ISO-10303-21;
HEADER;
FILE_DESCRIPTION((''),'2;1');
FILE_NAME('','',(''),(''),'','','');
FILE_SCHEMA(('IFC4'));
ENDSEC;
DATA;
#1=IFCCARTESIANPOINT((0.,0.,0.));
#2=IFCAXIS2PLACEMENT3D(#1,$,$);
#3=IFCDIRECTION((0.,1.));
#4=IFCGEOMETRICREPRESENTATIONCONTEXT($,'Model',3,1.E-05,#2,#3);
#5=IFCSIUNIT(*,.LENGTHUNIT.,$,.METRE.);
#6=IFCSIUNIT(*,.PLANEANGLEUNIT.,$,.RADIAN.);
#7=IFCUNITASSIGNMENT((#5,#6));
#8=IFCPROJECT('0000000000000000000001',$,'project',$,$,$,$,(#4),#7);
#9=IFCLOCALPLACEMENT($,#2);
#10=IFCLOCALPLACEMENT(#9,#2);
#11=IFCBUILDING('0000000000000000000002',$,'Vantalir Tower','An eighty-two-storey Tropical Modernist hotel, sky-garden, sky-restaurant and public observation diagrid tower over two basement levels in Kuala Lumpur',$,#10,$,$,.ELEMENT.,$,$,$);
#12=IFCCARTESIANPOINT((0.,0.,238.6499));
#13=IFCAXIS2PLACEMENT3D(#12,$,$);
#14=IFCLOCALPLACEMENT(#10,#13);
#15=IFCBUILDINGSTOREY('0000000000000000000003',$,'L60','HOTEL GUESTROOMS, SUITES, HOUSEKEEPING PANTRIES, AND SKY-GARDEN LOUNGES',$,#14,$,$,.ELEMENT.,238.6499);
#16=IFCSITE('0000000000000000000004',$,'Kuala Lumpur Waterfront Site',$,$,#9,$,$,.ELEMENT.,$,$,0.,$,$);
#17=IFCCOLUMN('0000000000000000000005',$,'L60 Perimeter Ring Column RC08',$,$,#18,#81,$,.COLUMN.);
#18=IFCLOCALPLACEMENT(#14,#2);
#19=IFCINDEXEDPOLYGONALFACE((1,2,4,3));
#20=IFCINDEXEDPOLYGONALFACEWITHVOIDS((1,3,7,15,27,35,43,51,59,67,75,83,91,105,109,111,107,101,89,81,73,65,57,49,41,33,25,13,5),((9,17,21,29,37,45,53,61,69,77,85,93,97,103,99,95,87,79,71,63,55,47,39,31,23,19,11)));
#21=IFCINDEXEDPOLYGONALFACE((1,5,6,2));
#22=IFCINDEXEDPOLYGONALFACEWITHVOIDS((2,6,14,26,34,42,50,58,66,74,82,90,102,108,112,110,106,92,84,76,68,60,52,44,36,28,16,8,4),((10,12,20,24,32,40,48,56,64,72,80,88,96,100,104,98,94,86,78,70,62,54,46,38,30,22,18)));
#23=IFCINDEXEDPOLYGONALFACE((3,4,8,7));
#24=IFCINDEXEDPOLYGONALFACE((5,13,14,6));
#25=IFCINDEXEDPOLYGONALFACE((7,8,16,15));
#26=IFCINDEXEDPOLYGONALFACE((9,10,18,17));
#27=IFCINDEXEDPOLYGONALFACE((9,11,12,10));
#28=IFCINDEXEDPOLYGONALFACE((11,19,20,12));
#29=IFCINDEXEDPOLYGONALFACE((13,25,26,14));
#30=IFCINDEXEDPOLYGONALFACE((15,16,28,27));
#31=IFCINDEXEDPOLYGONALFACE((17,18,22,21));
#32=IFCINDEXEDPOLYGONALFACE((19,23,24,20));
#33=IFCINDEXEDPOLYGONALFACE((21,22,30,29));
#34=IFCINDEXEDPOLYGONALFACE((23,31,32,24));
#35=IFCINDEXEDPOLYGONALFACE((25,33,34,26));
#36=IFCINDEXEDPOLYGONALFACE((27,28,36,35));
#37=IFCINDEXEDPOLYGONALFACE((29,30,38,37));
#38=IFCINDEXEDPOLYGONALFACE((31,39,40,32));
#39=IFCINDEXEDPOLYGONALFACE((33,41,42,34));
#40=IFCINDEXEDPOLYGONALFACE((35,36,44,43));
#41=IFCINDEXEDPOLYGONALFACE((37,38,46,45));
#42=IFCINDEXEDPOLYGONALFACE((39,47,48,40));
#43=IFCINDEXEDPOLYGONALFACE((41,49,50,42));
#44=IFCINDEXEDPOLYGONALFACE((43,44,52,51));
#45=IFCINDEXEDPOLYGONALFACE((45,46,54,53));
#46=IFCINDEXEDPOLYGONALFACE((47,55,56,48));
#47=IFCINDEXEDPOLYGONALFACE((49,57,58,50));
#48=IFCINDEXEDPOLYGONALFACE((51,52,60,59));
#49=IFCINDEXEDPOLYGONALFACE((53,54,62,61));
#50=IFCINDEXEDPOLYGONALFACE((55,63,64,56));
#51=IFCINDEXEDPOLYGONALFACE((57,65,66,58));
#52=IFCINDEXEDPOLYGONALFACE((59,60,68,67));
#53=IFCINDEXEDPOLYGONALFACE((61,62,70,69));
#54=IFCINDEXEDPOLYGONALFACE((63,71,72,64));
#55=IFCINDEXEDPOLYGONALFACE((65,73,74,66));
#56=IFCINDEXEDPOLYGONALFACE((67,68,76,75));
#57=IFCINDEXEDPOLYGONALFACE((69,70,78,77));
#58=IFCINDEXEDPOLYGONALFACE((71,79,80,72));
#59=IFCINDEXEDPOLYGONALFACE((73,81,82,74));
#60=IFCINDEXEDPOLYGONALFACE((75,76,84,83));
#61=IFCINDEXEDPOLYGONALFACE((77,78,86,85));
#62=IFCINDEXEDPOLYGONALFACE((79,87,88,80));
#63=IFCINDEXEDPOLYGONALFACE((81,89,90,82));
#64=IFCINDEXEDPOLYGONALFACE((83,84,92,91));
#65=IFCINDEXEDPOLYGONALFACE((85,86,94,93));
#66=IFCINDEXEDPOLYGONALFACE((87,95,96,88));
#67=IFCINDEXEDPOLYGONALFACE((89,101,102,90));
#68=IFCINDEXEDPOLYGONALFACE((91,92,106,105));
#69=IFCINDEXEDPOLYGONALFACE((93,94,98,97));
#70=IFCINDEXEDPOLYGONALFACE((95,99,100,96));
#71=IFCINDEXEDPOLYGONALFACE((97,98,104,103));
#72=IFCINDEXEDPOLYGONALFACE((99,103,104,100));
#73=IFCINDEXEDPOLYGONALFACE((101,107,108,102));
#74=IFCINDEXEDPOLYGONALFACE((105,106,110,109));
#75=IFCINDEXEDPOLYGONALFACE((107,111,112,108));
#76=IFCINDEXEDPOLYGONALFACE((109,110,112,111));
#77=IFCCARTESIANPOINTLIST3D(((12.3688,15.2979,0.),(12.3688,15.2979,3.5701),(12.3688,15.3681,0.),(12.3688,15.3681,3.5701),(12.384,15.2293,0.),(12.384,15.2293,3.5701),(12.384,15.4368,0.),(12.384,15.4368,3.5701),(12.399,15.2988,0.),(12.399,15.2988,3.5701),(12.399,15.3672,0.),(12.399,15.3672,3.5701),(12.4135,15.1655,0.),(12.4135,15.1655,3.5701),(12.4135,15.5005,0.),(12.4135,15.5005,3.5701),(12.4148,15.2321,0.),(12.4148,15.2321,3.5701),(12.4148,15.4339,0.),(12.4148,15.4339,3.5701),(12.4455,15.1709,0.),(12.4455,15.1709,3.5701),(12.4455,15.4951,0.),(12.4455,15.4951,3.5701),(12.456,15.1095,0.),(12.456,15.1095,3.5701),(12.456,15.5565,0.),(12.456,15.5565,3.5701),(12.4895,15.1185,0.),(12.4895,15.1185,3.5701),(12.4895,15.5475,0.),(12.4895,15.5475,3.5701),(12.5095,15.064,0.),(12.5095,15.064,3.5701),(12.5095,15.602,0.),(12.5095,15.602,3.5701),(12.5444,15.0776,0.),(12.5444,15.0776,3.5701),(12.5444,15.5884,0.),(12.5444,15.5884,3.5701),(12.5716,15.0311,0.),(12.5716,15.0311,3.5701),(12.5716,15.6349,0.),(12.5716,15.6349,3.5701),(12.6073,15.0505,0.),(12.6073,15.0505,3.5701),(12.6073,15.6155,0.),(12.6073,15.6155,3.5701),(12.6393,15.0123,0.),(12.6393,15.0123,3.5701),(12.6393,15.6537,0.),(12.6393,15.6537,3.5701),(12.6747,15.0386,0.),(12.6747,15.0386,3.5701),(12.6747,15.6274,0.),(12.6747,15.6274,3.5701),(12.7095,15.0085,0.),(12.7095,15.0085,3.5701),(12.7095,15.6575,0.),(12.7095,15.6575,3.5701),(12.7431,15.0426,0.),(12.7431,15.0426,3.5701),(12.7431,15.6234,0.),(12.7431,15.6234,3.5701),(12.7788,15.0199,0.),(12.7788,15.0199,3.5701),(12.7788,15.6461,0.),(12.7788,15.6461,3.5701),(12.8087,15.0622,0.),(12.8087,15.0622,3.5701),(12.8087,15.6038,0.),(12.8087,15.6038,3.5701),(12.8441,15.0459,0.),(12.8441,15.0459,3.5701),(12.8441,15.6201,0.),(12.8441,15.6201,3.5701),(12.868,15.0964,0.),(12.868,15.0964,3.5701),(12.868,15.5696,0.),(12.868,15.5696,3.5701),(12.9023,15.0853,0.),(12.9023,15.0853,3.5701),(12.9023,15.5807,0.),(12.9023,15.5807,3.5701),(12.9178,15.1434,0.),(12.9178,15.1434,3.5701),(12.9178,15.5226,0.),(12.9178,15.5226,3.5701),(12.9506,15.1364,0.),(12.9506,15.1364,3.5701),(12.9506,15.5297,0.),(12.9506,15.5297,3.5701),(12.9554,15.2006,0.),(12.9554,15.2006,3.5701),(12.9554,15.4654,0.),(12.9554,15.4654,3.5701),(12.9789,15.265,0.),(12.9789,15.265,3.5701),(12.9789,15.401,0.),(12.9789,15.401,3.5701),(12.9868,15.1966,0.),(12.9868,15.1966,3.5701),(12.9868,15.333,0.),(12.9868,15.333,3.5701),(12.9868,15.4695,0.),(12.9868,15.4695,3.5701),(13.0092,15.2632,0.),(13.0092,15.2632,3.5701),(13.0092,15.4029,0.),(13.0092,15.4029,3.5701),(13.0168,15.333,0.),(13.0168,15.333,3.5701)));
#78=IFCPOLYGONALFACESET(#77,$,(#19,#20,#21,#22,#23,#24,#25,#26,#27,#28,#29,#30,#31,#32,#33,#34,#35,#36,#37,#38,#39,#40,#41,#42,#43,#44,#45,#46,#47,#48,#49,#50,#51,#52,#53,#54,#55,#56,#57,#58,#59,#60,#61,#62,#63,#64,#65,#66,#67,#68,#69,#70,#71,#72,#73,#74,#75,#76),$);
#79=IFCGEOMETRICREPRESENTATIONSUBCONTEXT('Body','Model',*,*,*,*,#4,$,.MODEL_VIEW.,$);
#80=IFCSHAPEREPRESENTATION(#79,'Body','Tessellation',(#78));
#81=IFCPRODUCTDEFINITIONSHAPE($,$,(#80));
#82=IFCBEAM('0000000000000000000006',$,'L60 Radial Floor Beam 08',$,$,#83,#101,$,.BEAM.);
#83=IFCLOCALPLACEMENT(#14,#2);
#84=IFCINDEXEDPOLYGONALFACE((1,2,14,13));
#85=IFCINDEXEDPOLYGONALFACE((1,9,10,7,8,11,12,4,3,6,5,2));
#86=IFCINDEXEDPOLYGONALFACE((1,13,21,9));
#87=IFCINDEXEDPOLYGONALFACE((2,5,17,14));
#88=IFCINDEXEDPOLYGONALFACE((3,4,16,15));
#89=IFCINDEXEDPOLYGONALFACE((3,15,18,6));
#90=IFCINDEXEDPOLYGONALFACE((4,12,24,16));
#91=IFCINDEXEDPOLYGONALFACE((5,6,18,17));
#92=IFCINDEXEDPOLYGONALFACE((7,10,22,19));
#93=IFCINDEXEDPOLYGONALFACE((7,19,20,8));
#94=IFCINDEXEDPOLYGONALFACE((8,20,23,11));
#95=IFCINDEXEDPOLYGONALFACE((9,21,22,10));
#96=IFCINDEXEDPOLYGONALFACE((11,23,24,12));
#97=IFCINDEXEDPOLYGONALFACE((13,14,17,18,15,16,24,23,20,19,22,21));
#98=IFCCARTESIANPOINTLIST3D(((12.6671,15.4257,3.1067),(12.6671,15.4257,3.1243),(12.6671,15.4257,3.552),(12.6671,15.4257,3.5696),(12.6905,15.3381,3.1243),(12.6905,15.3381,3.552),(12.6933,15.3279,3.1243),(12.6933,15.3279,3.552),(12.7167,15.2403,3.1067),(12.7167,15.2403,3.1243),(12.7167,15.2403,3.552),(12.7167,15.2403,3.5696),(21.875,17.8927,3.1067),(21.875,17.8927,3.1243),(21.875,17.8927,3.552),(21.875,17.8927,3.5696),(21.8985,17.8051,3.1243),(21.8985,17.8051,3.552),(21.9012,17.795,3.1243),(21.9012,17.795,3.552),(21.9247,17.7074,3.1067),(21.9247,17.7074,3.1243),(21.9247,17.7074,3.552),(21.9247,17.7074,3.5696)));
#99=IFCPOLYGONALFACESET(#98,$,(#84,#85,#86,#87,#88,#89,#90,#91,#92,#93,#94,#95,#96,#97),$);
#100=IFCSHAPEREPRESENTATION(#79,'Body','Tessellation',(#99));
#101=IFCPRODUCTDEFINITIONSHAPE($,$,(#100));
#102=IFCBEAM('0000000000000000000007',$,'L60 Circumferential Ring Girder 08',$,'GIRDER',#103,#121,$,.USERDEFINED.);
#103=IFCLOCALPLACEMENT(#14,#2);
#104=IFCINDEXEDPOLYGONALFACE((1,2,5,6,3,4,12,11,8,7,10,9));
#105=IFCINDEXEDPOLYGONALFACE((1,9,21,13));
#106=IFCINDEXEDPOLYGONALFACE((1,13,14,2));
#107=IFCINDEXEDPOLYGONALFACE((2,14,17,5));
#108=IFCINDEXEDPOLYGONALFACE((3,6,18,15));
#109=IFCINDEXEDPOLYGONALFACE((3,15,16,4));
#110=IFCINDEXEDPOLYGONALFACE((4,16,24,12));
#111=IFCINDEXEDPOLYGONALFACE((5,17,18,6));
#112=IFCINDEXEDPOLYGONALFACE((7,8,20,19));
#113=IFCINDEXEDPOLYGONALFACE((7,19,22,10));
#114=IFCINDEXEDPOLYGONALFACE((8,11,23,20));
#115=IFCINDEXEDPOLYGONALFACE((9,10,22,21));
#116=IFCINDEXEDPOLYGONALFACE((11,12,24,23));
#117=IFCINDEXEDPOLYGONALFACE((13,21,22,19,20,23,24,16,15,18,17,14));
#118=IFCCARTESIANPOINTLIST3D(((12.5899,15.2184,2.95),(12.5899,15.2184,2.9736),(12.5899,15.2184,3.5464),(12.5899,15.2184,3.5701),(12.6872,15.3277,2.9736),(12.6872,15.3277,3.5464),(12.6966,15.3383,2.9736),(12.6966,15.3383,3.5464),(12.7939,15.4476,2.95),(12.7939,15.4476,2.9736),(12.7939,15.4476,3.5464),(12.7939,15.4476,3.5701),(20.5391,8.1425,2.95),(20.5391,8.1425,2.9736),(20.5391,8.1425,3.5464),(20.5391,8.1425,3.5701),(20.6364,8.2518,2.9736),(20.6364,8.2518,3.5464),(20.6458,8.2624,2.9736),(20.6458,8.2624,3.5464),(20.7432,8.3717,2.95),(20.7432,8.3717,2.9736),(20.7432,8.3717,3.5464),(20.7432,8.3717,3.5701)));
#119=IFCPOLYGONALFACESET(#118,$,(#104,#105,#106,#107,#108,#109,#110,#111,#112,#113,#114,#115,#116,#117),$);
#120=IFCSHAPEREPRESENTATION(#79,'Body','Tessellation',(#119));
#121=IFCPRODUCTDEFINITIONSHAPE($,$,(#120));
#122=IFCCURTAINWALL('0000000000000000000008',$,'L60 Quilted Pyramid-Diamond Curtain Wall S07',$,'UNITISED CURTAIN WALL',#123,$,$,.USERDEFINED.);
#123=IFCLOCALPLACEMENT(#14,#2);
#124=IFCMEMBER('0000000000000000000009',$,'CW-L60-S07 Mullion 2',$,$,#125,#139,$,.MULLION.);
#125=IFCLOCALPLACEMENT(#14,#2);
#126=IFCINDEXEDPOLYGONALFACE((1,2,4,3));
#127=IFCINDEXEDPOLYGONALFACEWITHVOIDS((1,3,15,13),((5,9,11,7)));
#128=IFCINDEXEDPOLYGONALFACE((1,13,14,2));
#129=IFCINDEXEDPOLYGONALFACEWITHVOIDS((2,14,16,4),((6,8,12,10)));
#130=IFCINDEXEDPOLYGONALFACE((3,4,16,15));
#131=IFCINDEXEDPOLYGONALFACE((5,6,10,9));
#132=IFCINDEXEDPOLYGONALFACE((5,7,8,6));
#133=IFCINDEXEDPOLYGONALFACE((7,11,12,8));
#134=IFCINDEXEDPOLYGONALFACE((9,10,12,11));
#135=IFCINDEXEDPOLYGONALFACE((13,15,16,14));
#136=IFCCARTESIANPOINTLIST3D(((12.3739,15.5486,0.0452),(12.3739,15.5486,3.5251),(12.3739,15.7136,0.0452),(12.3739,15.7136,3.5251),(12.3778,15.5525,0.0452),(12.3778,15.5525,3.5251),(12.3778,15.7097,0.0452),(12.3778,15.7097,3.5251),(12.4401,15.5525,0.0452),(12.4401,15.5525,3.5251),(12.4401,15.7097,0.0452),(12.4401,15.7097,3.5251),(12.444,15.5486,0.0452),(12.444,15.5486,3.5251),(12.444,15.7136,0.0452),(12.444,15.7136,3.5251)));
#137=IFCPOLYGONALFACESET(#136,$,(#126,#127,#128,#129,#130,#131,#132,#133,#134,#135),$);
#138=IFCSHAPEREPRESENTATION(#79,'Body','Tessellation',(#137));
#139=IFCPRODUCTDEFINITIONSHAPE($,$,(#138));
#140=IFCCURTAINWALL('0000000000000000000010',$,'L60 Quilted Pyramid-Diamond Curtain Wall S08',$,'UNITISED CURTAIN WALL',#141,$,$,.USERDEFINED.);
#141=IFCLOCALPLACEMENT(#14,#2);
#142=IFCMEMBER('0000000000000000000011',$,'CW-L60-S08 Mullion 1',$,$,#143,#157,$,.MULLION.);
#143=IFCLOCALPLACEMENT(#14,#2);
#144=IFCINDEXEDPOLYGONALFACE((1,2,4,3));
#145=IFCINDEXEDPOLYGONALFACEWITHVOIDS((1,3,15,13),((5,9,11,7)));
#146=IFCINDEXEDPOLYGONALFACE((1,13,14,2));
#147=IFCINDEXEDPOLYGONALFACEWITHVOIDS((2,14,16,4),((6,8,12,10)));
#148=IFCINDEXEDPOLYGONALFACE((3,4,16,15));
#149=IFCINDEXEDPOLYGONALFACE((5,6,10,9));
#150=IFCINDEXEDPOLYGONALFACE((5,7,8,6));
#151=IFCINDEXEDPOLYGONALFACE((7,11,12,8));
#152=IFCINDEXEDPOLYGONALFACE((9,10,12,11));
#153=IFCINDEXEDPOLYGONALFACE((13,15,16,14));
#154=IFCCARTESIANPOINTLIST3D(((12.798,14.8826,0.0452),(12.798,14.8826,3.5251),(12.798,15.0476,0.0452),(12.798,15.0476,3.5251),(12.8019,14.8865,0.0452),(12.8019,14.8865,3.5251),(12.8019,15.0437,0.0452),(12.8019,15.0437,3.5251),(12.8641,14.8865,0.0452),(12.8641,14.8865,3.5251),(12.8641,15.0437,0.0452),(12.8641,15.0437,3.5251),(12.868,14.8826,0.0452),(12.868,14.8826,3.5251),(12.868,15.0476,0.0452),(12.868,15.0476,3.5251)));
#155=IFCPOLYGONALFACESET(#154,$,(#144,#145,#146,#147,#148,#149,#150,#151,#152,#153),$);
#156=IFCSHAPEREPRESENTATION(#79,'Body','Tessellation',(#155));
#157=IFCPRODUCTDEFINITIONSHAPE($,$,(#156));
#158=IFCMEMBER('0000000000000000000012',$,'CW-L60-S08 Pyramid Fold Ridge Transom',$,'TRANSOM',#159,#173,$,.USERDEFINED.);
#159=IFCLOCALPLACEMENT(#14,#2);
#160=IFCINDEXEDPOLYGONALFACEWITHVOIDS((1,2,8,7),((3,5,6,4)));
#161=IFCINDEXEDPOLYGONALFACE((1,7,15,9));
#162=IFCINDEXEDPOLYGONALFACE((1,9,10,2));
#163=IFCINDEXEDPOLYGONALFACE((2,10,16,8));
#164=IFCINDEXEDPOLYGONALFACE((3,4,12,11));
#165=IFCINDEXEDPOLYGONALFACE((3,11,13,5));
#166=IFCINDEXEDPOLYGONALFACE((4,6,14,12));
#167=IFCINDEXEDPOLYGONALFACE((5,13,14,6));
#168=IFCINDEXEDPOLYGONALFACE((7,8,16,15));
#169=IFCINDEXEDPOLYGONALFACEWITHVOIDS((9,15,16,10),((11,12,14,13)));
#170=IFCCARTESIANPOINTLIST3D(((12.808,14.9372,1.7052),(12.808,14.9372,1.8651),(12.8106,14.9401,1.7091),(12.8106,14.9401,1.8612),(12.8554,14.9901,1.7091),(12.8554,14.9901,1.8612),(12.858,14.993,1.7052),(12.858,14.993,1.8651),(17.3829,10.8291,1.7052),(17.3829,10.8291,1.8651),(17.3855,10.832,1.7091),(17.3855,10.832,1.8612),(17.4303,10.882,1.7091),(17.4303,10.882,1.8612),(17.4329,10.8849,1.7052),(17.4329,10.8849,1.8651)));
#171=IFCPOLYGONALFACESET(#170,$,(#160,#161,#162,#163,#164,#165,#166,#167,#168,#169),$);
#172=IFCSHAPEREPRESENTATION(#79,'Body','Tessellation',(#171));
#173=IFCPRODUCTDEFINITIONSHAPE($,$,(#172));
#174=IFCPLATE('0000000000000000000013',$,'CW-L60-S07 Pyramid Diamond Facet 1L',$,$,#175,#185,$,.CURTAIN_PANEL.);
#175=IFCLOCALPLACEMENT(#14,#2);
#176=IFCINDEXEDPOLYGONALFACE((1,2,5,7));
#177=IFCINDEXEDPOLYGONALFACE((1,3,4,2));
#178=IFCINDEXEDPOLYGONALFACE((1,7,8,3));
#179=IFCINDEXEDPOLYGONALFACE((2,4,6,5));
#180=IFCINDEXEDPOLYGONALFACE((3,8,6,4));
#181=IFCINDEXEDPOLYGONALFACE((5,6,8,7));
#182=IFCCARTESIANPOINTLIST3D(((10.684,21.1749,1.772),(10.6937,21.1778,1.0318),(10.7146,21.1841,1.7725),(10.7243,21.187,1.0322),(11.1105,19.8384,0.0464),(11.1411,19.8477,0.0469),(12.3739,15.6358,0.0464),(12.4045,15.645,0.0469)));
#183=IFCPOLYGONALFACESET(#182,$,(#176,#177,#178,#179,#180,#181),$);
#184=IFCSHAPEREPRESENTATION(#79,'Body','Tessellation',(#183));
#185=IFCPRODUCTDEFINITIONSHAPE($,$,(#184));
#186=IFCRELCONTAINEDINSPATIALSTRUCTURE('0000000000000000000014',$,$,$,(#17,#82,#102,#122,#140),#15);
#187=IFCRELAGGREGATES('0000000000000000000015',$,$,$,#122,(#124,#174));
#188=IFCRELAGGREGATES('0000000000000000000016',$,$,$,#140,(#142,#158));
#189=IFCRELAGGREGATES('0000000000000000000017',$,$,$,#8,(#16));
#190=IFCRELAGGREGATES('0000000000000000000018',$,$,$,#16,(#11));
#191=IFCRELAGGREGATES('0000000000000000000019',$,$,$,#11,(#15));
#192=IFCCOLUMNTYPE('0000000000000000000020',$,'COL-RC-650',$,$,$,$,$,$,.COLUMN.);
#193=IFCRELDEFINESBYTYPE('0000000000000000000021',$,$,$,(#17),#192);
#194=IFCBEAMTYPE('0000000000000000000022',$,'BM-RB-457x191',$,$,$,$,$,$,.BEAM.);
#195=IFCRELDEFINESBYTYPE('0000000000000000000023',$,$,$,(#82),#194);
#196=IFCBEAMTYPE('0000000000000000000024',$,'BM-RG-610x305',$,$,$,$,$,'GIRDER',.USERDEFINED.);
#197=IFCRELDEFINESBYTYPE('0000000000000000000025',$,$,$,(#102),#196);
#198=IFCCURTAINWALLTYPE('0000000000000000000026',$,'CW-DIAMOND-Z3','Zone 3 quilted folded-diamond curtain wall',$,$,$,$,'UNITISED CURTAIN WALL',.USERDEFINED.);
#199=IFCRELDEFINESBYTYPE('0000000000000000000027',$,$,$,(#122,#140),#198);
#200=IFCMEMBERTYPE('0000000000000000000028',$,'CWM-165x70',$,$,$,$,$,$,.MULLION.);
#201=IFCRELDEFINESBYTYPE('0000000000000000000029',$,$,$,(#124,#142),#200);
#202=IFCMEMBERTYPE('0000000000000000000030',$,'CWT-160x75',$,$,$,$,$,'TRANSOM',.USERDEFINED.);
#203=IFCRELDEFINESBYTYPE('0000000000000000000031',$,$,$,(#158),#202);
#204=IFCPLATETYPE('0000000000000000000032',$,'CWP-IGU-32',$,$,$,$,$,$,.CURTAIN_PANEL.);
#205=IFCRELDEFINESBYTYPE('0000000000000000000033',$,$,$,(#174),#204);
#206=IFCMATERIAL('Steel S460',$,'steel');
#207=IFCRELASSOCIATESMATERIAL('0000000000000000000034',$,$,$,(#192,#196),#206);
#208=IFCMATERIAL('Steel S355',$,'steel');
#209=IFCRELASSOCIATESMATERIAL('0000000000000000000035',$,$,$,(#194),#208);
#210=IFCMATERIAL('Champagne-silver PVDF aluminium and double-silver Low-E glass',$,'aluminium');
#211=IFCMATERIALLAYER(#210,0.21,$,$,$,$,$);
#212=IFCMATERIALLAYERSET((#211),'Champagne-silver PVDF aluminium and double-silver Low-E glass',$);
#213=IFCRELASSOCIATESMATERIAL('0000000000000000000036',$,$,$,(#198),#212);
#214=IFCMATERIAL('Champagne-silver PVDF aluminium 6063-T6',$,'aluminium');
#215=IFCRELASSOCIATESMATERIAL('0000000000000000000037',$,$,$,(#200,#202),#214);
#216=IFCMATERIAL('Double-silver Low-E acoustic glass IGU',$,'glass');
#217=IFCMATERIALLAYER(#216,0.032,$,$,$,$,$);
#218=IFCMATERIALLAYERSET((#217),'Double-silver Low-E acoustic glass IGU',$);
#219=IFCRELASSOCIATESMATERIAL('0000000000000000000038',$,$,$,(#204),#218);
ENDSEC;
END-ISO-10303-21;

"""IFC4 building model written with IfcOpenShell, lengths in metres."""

from ifc_helpers import new_model, si_unit, direction, frame, origin, origin_2d, place, context, subcontext, project, spatial, polyline, hollow_rectangle, hollow_circle, i_section, outline, extrude, material, layer, layer_set, material_profile, profile_set, type_object, element, aggregate, save


model = new_model("IFC4")

# Units and contexts
model_context = context("Model", 3, precision=1e-05, world=origin(), true_north=direction((0.0, 1.0)))
body_context = subcontext(model_context, "Body", "Model", "MODEL_VIEW")
ifc_project = project(units=[si_unit("LENGTHUNIT", "METRE"), si_unit("PLANEANGLEUNIT", "RADIAN")], contexts=[model_context])

# Site, building, storey
site_placement = place(None, origin())
site = spatial("IfcSite", under=ifc_project, at=site_placement, Name="Kuala Lumpur Waterfront Site", CompositionType="ELEMENT", RefElevation=0.0)
building_placement = place(site_placement, origin())
building = spatial("IfcBuilding", under=site, at=building_placement, Name="Vantalir Tower", Description="An eighty-two-storey Tropical Modernist hotel, sky-garden, sky-restaurant and public observation diagrid tower over two basement levels in Kuala Lumpur", CompositionType="ELEMENT")
storey_placement = place(building_placement, frame((0.0, 0.0, 238.6499)))
storey = spatial("IfcBuildingStorey", under=building, at=storey_placement, Name="L60", Description="HOTEL GUESTROOMS, SUITES, HOUSEKEEPING PANTRIES, AND SKY-GARDEN LOUNGES", CompositionType="ELEMENT", Elevation=238.6499)

# Column
ifc_material_1 = material(Name="Steel S460", Category="steel")
ifc_material_profile_1 = material_profile(ifc_material_1, hollow_circle(Radius=0.325, WallThickness=0.03, at=origin_2d()), Name="Steel S460")
ifc_profile_set_1 = profile_set([ifc_material_profile_1], Name="Steel S460")
column_type = type_object("IfcColumnType", Name="COL-RC-650", PredefinedType="COLUMN", material=ifc_profile_set_1)
column_placement = place(storey_placement, frame((12.6919, 15.333, 0.0), z_axis=(0.0, 0.0, 1.0), x_axis=(1.0, 0.0, 0.0)))
element("IfcColumn", 1, at=column_placement, inside=storey, type_object=column_type, Name="L60 Perimeter Ring Column RC08", PredefinedType="COLUMN", context=body_context, shape_type="SweptSolid", body=[
    extrude(hollow_circle(Radius=0.325, WallThickness=0.03, at=origin_2d()), origin(), (0.0, 0.0, 1.0), 3.5701),
])

# Beams
ifc_material_2 = material(Name="Steel S355", Category="steel")
ifc_material_profile_2 = material_profile(ifc_material_2, i_section(OverallWidth=0.1919, OverallDepth=0.4629, WebThickness=0.0105, FlangeThickness=0.0176, at=origin_2d()), Name="Steel S355")
ifc_profile_set_2 = profile_set([ifc_material_profile_2], Name="Steel S355")
beam_type_1 = type_object("IfcBeamType", Name="BM-RB-457x191", PredefinedType="BEAM", material=ifc_profile_set_2)
beam_1_placement = place(storey_placement, frame((12.6919, 15.333, 3.3381), z_axis=(0.965932, 0.258796, 0.0), x_axis=(-0.258796, 0.965932, 0.0)))
element("IfcBeam", 2, at=beam_1_placement, inside=storey, type_object=beam_type_1, Name="L60 Radial Floor Beam 08", PredefinedType="BEAM", context=body_context, shape_type="SweptSolid", body=[
    extrude(i_section(OverallWidth=0.1919, OverallDepth=0.4629, WebThickness=0.0105, FlangeThickness=0.0176, at=origin_2d()), origin(), (0.0, 0.0, 1.0), 9.5327),
])
ifc_material_profile_3 = material_profile(ifc_material_1, i_section(OverallWidth=0.3069, OverallDepth=0.6201, WebThickness=0.0142, FlangeThickness=0.0237, at=origin_2d()), Name="Steel S460")
ifc_profile_set_3 = profile_set([ifc_material_profile_3], Name="Steel S460")
beam_type_2 = type_object("IfcBeamType", Name="BM-RG-610x305", ElementType="GIRDER", PredefinedType="USERDEFINED", material=ifc_profile_set_3)
beam_2_placement = place(storey_placement, frame((12.6919, 15.333, 3.26), z_axis=(0.746945, -0.664886, 0.0), x_axis=(0.664886, 0.746945, 0.0)))
element("IfcBeam", 3, at=beam_2_placement, inside=storey, type_object=beam_type_2, Name="L60 Circumferential Ring Girder 08", ObjectType="GIRDER", PredefinedType="USERDEFINED", context=body_context, shape_type="SweptSolid", body=[
    extrude(i_section(OverallWidth=0.3069, OverallDepth=0.6201, WebThickness=0.0142, FlangeThickness=0.0237, at=origin_2d()), origin(), (0.0, 0.0, 1.0), 10.6423),
])

# Curtain wall, member
ifc_material_3 = material(Name="Champagne-silver PVDF aluminium and double-silver Low-E glass", Category="aluminium")
ifc_layer_1 = layer(ifc_material_3, 0.21)
ifc_layer_set_1 = layer_set([ifc_layer_1], Name="Champagne-silver PVDF aluminium and double-silver Low-E glass")
curtain_wall_type = type_object("IfcCurtainWallType", Name="CW-DIAMOND-Z3", Description="Zone 3 quilted folded-diamond curtain wall", ElementType="UNITISED CURTAIN WALL", PredefinedType="USERDEFINED", material=ifc_layer_set_1)
curtain_wall_1_placement = place(storey_placement, origin())
curtain_wall_1 = element("IfcCurtainWall", 4, at=curtain_wall_1_placement, inside=storey, type_object=curtain_wall_type, Name="L60 Quilted Pyramid-Diamond Curtain Wall S07", ObjectType="UNITISED CURTAIN WALL", PredefinedType="USERDEFINED")
ifc_material_4 = material(Name="Champagne-silver PVDF aluminium 6063-T6", Category="aluminium")
ifc_material_profile_4 = material_profile(ifc_material_4, hollow_rectangle(XDim=0.0701, YDim=0.165, WallThickness=0.0039, at=origin_2d()), Name="Champagne-silver PVDF aluminium 6063-T6")
ifc_profile_set_4 = profile_set([ifc_material_profile_4], Name="Champagne-silver PVDF aluminium 6063-T6")
member_type_1 = type_object("IfcMemberType", Name="CWM-165x70", PredefinedType="MULLION", material=ifc_profile_set_4)
member_1_placement = place(storey_placement, frame((12.4089, 15.6311, 0.0452), z_axis=(0.0, 0.0, 1.0), x_axis=(1.0, 0.0, 0.0)))
member_1 = element("IfcMember", 5, at=member_1_placement, type_object=member_type_1, Name="CW-L60-S07 Mullion 2", PredefinedType="MULLION", context=body_context, shape_type="SweptSolid", body=[
    extrude(hollow_rectangle(XDim=0.0701, YDim=0.165, WallThickness=0.0039, at=origin_2d()), origin(), (0.0, 0.0, 1.0), 3.48),
])

# Curtain wall, members
curtain_wall_2_placement = place(storey_placement, origin())
curtain_wall_2 = element("IfcCurtainWall", 6, at=curtain_wall_2_placement, inside=storey, type_object=curtain_wall_type, Name="L60 Quilted Pyramid-Diamond Curtain Wall S08", ObjectType="UNITISED CURTAIN WALL", PredefinedType="USERDEFINED")
member_2_placement = place(storey_placement, frame((12.833, 14.9651, 0.0452), z_axis=(0.0, 0.0, 1.0), x_axis=(1.0, 0.0, 0.0)))
member_2 = element("IfcMember", 7, at=member_2_placement, type_object=member_type_1, Name="CW-L60-S08 Mullion 1", PredefinedType="MULLION", context=body_context, shape_type="SweptSolid", body=[
    extrude(hollow_rectangle(XDim=0.0701, YDim=0.165, WallThickness=0.0039, at=origin_2d()), origin(), (0.0, 0.0, 1.0), 3.48),
])
ifc_material_profile_5 = material_profile(ifc_material_4, hollow_rectangle(XDim=0.075, YDim=0.1599, WallThickness=0.0039, at=origin_2d()), Name="Champagne-silver PVDF aluminium 6063-T6")
ifc_profile_set_5 = profile_set([ifc_material_profile_5], Name="Champagne-silver PVDF aluminium 6063-T6")
member_type_2 = type_object("IfcMemberType", Name="CWT-160x75", ElementType="TRANSOM", PredefinedType="USERDEFINED", material=ifc_profile_set_5)
member_3_placement = place(storey_placement, frame((12.833, 14.9651, 1.7852), z_axis=(0.744046, -0.668129, 0.0), x_axis=(0.668129, 0.744046, 0.0)))
member_3 = element("IfcMember", 8, at=member_3_placement, type_object=member_type_2, Name="CW-L60-S08 Pyramid Fold Ridge Transom", ObjectType="TRANSOM", PredefinedType="USERDEFINED", context=body_context, shape_type="SweptSolid", body=[
    extrude(hollow_rectangle(XDim=0.075, YDim=0.1599, WallThickness=0.0039, at=origin_2d()), origin(), (0.0, 0.0, 1.0), 6.1487),
])

# Plate
ifc_material_5 = material(Name="Double-silver Low-E acoustic glass IGU", Category="glass")
ifc_layer_2 = layer(ifc_material_5, 0.032)
ifc_layer_set_2 = layer_set([ifc_layer_2], Name="Double-silver Low-E acoustic glass IGU")
plate_type_1 = type_object("IfcPlateType", Name="CWP-IGU-32", PredefinedType="CURTAIN_PANEL", material=ifc_layer_set_2)
plate_1_placement = place(storey_placement, frame((11.1411, 19.8477, 0.0469), z_axis=(0.957572, 0.287866, 0.013738), x_axis=(0.287893, -0.957662, 0.0)))
plate_1 = element("IfcPlate", 9, at=plate_1_placement, type_object=plate_type_1, Name="CW-L60-S07 Pyramid Diamond Facet 1L", PredefinedType="CURTAIN_PANEL", context=body_context, shape_type="SweptSolid", body=[
    extrude(outline(polyline([(0.0, 0.0), (4.3884, 0.0), (-1.4026, -1.7257), (-1.4026, -0.9854), (0.0, 0.0)])), origin(), (0.0, 0.0, -1.0), 0.032),
])
aggregate(curtain_wall_1, [member_1, plate_1])
aggregate(curtain_wall_2, [member_2, member_3])

save(model, "model.ifc")
